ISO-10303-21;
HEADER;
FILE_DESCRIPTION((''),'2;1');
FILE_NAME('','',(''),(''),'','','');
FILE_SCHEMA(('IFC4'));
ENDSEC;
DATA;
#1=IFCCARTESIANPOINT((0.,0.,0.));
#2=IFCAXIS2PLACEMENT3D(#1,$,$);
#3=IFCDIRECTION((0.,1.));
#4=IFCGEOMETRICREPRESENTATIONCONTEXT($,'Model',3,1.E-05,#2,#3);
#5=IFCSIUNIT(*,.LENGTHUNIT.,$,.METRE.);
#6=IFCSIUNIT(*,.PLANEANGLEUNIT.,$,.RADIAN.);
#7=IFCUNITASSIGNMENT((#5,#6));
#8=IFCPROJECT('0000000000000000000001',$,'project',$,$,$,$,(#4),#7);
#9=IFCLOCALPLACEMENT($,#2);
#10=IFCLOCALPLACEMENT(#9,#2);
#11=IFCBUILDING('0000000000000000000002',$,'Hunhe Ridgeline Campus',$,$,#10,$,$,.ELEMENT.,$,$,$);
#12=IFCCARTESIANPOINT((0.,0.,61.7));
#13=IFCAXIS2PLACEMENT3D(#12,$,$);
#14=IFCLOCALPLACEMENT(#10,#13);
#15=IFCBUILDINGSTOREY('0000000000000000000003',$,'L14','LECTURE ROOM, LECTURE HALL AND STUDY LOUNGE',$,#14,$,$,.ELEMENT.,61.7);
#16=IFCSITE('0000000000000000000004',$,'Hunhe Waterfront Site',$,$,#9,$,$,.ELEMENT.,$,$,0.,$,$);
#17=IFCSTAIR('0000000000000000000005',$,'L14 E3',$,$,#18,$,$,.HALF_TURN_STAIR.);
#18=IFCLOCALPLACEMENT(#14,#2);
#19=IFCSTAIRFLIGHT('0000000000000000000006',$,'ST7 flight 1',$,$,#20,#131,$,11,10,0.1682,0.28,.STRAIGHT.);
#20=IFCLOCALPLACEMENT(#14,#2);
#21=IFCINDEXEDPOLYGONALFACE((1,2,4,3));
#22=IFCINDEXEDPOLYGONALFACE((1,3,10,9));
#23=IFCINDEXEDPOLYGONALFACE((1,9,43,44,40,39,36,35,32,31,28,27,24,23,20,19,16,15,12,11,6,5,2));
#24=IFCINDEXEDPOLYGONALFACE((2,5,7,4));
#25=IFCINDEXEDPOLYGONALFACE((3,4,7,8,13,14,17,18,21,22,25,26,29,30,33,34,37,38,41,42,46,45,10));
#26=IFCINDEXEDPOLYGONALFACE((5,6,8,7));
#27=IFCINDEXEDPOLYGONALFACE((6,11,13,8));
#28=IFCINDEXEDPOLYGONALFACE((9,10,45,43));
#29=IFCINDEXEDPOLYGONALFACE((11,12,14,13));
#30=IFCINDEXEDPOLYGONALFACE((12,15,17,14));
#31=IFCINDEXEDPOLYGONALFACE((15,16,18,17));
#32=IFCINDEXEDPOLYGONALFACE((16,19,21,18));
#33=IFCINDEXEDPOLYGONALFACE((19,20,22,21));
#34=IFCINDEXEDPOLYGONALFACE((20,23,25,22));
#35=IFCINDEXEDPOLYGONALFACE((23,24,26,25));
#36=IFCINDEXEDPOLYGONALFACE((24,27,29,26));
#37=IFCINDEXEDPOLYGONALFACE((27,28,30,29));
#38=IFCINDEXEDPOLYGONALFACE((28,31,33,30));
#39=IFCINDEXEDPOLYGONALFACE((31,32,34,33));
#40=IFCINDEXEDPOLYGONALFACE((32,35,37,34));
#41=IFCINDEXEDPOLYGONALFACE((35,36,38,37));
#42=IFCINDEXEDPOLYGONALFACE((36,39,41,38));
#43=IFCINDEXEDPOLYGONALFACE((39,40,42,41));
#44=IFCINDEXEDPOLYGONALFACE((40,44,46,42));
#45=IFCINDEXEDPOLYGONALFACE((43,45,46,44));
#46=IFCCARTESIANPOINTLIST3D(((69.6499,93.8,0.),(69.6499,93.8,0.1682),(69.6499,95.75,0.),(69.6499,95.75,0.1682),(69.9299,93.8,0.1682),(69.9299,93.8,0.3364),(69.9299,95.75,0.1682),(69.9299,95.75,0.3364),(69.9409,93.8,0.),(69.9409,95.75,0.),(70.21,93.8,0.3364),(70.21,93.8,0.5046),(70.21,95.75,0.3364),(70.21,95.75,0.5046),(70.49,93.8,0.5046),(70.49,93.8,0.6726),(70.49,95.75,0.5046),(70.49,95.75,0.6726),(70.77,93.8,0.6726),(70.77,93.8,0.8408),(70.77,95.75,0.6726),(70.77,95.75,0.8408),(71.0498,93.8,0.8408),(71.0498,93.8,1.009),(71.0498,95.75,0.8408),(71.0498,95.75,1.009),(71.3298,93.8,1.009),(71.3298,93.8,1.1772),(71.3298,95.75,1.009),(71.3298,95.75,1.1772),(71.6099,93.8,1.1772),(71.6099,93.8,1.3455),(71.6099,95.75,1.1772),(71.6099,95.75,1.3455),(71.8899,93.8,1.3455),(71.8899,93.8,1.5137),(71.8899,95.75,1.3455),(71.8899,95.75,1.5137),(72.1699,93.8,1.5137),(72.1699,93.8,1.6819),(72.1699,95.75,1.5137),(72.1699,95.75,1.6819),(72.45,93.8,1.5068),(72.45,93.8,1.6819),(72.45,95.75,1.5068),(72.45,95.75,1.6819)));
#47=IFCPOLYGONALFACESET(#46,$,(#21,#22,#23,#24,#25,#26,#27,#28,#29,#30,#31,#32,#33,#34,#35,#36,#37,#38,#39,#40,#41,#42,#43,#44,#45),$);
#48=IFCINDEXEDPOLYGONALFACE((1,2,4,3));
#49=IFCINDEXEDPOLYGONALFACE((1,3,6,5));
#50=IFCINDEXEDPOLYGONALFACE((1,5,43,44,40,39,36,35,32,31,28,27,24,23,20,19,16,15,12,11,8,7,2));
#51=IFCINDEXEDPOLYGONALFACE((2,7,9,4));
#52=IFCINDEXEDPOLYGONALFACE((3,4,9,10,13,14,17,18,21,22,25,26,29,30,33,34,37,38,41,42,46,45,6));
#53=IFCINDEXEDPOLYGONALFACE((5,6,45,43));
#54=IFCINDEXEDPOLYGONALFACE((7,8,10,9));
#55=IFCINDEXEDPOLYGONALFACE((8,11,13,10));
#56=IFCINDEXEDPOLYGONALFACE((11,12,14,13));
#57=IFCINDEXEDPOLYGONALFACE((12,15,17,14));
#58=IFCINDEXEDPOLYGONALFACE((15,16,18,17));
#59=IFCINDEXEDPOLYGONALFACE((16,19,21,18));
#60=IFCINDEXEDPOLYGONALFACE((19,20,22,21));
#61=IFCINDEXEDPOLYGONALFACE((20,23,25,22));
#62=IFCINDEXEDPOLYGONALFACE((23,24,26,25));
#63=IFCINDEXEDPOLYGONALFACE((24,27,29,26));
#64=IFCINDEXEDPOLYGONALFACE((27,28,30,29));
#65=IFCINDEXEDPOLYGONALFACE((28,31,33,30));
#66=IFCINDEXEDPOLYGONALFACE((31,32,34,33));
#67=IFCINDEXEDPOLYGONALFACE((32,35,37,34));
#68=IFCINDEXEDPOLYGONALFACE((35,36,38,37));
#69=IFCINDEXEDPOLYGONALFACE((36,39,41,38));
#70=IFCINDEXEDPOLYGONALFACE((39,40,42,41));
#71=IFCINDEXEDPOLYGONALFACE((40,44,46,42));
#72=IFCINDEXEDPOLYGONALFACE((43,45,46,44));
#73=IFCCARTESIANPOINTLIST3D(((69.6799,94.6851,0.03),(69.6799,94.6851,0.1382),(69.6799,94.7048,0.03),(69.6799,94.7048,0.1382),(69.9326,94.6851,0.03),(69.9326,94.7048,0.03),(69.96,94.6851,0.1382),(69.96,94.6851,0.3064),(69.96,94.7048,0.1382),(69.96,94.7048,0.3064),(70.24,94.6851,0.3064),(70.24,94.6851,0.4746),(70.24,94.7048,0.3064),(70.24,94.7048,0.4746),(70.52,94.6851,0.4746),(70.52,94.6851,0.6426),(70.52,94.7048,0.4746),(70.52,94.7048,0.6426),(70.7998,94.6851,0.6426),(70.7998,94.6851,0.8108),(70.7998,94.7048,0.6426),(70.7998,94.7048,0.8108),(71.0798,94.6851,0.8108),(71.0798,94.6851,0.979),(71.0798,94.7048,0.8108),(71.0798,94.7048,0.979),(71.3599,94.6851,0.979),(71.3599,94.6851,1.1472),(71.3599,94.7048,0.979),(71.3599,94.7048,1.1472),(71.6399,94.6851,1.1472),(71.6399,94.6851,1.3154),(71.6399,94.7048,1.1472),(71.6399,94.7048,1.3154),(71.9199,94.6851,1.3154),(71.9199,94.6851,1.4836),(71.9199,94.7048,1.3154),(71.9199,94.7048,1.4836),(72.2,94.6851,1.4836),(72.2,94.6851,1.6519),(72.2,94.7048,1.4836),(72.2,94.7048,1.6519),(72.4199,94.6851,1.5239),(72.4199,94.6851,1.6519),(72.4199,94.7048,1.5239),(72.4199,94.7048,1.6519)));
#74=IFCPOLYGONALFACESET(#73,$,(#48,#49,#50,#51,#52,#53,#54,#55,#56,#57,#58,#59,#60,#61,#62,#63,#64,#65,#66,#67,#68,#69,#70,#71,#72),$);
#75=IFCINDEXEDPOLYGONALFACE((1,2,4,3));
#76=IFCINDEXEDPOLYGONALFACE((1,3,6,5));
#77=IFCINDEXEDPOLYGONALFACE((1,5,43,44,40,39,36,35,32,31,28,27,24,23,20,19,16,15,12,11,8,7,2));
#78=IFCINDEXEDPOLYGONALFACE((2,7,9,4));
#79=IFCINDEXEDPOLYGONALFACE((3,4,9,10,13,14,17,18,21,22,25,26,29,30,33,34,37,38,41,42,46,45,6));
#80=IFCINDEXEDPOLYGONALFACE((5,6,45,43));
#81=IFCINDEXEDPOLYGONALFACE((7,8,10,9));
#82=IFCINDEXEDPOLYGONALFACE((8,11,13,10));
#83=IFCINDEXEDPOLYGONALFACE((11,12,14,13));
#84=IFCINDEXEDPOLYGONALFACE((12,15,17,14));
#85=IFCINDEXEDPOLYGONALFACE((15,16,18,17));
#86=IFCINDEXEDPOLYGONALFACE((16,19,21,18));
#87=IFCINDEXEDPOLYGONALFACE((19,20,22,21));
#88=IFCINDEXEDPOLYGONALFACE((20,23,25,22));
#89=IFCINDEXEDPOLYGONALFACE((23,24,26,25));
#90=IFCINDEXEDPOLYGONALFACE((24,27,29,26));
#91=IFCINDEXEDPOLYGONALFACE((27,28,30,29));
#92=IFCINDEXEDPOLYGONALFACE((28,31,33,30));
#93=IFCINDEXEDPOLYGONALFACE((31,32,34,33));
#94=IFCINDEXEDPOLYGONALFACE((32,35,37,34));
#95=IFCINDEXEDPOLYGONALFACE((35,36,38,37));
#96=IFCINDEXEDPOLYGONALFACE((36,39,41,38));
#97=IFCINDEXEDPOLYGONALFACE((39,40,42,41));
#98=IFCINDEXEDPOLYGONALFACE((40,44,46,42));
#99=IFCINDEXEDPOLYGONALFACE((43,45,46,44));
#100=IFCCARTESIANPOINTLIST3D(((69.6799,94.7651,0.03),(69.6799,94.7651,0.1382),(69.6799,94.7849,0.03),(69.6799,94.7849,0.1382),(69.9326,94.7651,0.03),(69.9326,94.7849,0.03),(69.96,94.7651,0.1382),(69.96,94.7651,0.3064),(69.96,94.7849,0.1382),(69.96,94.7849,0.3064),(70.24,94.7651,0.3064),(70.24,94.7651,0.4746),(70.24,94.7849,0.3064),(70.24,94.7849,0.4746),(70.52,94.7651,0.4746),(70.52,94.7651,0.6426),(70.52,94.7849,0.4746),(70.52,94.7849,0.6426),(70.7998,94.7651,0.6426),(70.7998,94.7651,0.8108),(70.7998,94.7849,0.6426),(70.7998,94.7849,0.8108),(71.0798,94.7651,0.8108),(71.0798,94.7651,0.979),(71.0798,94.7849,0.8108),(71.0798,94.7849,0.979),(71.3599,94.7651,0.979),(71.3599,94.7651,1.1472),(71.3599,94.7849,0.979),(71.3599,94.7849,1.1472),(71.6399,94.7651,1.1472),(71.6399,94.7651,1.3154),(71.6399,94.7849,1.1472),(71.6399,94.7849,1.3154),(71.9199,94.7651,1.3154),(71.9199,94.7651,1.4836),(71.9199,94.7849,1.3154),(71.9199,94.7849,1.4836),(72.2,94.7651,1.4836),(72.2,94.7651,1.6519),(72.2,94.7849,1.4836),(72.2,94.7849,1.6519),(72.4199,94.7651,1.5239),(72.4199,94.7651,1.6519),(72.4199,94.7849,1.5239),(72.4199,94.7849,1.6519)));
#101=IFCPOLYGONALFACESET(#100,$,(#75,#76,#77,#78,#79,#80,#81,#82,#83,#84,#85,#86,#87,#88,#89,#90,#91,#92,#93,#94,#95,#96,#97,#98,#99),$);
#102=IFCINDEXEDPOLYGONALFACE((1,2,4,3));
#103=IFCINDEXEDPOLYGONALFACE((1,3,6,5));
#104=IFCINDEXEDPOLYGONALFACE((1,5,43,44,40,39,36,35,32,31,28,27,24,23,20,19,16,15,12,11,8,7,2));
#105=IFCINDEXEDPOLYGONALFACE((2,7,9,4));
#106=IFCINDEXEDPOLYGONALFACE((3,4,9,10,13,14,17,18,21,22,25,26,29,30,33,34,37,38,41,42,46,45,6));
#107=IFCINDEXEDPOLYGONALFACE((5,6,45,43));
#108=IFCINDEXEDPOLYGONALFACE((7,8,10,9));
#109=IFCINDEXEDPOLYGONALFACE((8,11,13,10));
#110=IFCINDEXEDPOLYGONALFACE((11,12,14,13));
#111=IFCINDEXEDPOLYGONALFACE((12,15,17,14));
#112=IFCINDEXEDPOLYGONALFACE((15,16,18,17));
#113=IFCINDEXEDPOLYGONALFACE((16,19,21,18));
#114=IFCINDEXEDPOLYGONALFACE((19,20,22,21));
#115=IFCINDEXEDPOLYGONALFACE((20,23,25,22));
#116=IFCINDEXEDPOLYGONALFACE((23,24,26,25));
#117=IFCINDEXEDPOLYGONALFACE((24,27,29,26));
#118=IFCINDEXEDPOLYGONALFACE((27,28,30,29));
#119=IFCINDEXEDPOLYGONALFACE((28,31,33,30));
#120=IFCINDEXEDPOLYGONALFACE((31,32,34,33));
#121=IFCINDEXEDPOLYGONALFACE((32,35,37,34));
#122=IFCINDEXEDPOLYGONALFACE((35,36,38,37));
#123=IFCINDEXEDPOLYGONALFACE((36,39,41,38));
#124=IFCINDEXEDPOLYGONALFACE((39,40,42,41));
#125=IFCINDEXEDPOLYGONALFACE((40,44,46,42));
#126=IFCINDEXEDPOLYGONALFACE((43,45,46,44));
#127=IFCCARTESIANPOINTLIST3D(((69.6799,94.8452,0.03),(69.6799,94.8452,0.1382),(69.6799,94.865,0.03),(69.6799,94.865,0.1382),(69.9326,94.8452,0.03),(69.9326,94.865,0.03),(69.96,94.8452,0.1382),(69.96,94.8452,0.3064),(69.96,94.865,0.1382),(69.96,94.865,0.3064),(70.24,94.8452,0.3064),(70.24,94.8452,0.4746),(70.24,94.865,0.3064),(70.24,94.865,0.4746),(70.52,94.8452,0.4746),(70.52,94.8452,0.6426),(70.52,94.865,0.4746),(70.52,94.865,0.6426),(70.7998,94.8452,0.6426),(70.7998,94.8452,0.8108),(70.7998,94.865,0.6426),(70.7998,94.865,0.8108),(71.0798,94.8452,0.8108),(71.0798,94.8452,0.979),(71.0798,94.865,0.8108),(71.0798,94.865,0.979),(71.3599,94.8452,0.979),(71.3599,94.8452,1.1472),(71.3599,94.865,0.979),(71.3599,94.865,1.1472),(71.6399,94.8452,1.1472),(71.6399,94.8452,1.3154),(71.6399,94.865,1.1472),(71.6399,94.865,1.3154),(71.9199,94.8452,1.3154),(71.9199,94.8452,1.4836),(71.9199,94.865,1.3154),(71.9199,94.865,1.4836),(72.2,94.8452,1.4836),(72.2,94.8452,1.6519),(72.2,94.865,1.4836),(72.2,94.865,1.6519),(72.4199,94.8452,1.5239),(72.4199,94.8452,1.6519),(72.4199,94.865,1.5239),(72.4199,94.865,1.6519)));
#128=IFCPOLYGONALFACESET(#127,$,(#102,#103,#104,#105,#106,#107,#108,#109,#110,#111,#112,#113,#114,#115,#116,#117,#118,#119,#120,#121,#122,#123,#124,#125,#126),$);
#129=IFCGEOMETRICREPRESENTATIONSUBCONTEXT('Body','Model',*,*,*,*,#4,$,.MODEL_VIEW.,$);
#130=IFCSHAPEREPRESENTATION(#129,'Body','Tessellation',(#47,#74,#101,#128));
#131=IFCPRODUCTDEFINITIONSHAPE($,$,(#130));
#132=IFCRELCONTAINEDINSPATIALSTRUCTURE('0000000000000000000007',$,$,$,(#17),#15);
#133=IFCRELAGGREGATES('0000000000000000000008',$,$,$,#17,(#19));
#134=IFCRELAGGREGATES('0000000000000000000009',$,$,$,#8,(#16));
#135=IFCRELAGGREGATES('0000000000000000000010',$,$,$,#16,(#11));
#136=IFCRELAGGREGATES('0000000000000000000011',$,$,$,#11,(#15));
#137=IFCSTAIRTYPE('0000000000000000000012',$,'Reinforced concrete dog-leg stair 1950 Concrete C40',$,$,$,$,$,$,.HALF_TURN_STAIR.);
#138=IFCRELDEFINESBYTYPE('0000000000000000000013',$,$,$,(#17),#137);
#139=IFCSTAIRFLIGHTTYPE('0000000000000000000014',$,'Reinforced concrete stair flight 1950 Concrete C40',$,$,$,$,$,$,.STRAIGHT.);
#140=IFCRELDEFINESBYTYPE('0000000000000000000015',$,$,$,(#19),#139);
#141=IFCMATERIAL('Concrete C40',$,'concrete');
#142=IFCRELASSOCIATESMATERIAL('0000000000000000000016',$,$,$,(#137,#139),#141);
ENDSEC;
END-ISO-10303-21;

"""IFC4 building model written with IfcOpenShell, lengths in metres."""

from ifc_helpers import new_model, si_unit, direction, frame, origin, place, context, subcontext, project, spatial, polyline, outline, extrude, material, type_object, element, aggregate, save


model = new_model("IFC4")

# Units and contexts
model_context = context("Model", 3, precision=1e-05, world=origin(), true_north=direction((0.0, 1.0)))
body_context = subcontext(model_context, "Body", "Model", "MODEL_VIEW")
ifc_project = project(units=[si_unit("LENGTHUNIT", "METRE"), si_unit("PLANEANGLEUNIT", "RADIAN")], contexts=[model_context])

# Site, building, storey
site_placement = place(None, origin())
site = spatial("IfcSite", under=ifc_project, at=site_placement, Name="Hunhe Waterfront Site", CompositionType="ELEMENT", RefElevation=0.0)
building_placement = place(site_placement, origin())
building = spatial("IfcBuilding", under=site, at=building_placement, Name="Hunhe Ridgeline Campus", CompositionType="ELEMENT")
storey_placement = place(building_placement, frame((0.0, 0.0, 61.7)))
storey = spatial("IfcBuildingStorey", under=building, at=storey_placement, Name="L14", Description="LECTURE ROOM, LECTURE HALL AND STUDY LOUNGE", CompositionType="ELEMENT", Elevation=61.7)

# Shared definitions
ifc_material_1 = material(Name="Concrete C40", Category="concrete")
stair_type = type_object("IfcStairType", Name="Reinforced concrete dog-leg stair 1950 Concrete C40", PredefinedType="HALF_TURN_STAIR", material=ifc_material_1)
stair_flight_type = type_object("IfcStairFlightType", Name="Reinforced concrete stair flight 1950 Concrete C40", PredefinedType="STRAIGHT", material=ifc_material_1)

# Stair, stair flight
stair_1_placement = place(storey_placement, origin())
stair_1 = element("IfcStair", 1, at=stair_1_placement, inside=storey, type_object=stair_type, Name="L14 E3", PredefinedType="HALF_TURN_STAIR")
stair_flight_1_placement = place(storey_placement, frame((69.6499, 94.7749, 0.0), z_axis=(0.0, 0.0, 1.0), x_axis=(1.0, 0.0, 0.0)))
stair_flight_1 = element("IfcStairFlight", 2, at=stair_flight_1_placement, type_object=stair_flight_type, Name="ST7 flight 1", NumberOfRisers=11, NumberOfTreads=10, PredefinedType="STRAIGHT", RiserHeight=0.1682, TreadLength=0.28, context=body_context, shape_type="SweptSolid", body=[
    extrude(outline(polyline([(0.0, 0.0), (0.0, 0.1682), (0.28, 0.1682), (0.28, 0.3364), (0.5601, 0.3364), (0.5601, 0.5046), (0.8401, 0.5046), (0.8401, 0.6726), (1.1201, 0.6726), (1.1201, 0.8408), (1.3999, 0.8408), (1.3999, 1.009), (1.6799, 1.009), (1.6799, 1.1772), (1.96, 1.1772), (1.96, 1.3455), (2.24, 1.3455), (2.24, 1.5137), (2.52, 1.5137), (2.52, 1.6819), (2.8, 1.6819), (2.8, 1.8501), (2.8, 1.5068), (0.291, 0.0), (0.0, 0.0)])), frame((0.0, 0.9751, 0.0), z_axis=(0.0, -1.0, 0.0), x_axis=(1.0, 0.0, 0.0)), (0.0, 0.0, 1.0), 1.95),
    extrude(outline(polyline([(0.03, 0.03), (0.03, 0.1382), (0.3101, 0.1382), (0.3101, 0.3064), (0.5901, 0.3064), (0.5901, 0.4746), (0.8701, 0.4746), (0.8701, 0.6426), (1.1499, 0.6426), (1.1499, 0.8108), (1.4299, 0.8108), (1.4299, 0.979), (1.71, 0.979), (1.71, 1.1472), (1.99, 1.1472), (1.99, 1.3154), (2.27, 1.3154), (2.27, 1.4836), (2.55, 1.4836), (2.55, 1.6519), (2.77, 1.6519), (2.77, 1.5239), (0.2827, 0.03), (0.03, 0.03)])), frame((0.0, -0.0701, 0.0), z_axis=(0.0, -1.0, 0.0), x_axis=(1.0, 0.0, 0.0)), (0.0, 0.0, 1.0), 0.0198),
    extrude(outline(polyline([(0.03, 0.03), (0.03, 0.1382), (0.3101, 0.1382), (0.3101, 0.3064), (0.5901, 0.3064), (0.5901, 0.4746), (0.8701, 0.4746), (0.8701, 0.6426), (1.1499, 0.6426), (1.1499, 0.8108), (1.4299, 0.8108), (1.4299, 0.979), (1.71, 0.979), (1.71, 1.1472), (1.99, 1.1472), (1.99, 1.3154), (2.27, 1.3154), (2.27, 1.4836), (2.55, 1.4836), (2.55, 1.6519), (2.77, 1.6519), (2.77, 1.5239), (0.2827, 0.03), (0.03, 0.03)])), frame((0.0, 0.01, 0.0), z_axis=(0.0, -1.0, 0.0), x_axis=(1.0, 0.0, 0.0)), (0.0, 0.0, 1.0), 0.0198),
    extrude(outline(polyline([(0.03, 0.03), (0.03, 0.1382), (0.3101, 0.1382), (0.3101, 0.3064), (0.5901, 0.3064), (0.5901, 0.4746), (0.8701, 0.4746), (0.8701, 0.6426), (1.1499, 0.6426), (1.1499, 0.8108), (1.4299, 0.8108), (1.4299, 0.979), (1.71, 0.979), (1.71, 1.1472), (1.99, 1.1472), (1.99, 1.3154), (2.27, 1.3154), (2.27, 1.4836), (2.55, 1.4836), (2.55, 1.6519), (2.77, 1.6519), (2.77, 1.5239), (0.2827, 0.03), (0.03, 0.03)])), frame((0.0, 0.0901, 0.0), z_axis=(0.0, -1.0, 0.0), x_axis=(1.0, 0.0, 0.0)), (0.0, 0.0, 1.0), 0.0198),
])
aggregate(stair_1, [stair_flight_1])

save(model, "model.ifc")
